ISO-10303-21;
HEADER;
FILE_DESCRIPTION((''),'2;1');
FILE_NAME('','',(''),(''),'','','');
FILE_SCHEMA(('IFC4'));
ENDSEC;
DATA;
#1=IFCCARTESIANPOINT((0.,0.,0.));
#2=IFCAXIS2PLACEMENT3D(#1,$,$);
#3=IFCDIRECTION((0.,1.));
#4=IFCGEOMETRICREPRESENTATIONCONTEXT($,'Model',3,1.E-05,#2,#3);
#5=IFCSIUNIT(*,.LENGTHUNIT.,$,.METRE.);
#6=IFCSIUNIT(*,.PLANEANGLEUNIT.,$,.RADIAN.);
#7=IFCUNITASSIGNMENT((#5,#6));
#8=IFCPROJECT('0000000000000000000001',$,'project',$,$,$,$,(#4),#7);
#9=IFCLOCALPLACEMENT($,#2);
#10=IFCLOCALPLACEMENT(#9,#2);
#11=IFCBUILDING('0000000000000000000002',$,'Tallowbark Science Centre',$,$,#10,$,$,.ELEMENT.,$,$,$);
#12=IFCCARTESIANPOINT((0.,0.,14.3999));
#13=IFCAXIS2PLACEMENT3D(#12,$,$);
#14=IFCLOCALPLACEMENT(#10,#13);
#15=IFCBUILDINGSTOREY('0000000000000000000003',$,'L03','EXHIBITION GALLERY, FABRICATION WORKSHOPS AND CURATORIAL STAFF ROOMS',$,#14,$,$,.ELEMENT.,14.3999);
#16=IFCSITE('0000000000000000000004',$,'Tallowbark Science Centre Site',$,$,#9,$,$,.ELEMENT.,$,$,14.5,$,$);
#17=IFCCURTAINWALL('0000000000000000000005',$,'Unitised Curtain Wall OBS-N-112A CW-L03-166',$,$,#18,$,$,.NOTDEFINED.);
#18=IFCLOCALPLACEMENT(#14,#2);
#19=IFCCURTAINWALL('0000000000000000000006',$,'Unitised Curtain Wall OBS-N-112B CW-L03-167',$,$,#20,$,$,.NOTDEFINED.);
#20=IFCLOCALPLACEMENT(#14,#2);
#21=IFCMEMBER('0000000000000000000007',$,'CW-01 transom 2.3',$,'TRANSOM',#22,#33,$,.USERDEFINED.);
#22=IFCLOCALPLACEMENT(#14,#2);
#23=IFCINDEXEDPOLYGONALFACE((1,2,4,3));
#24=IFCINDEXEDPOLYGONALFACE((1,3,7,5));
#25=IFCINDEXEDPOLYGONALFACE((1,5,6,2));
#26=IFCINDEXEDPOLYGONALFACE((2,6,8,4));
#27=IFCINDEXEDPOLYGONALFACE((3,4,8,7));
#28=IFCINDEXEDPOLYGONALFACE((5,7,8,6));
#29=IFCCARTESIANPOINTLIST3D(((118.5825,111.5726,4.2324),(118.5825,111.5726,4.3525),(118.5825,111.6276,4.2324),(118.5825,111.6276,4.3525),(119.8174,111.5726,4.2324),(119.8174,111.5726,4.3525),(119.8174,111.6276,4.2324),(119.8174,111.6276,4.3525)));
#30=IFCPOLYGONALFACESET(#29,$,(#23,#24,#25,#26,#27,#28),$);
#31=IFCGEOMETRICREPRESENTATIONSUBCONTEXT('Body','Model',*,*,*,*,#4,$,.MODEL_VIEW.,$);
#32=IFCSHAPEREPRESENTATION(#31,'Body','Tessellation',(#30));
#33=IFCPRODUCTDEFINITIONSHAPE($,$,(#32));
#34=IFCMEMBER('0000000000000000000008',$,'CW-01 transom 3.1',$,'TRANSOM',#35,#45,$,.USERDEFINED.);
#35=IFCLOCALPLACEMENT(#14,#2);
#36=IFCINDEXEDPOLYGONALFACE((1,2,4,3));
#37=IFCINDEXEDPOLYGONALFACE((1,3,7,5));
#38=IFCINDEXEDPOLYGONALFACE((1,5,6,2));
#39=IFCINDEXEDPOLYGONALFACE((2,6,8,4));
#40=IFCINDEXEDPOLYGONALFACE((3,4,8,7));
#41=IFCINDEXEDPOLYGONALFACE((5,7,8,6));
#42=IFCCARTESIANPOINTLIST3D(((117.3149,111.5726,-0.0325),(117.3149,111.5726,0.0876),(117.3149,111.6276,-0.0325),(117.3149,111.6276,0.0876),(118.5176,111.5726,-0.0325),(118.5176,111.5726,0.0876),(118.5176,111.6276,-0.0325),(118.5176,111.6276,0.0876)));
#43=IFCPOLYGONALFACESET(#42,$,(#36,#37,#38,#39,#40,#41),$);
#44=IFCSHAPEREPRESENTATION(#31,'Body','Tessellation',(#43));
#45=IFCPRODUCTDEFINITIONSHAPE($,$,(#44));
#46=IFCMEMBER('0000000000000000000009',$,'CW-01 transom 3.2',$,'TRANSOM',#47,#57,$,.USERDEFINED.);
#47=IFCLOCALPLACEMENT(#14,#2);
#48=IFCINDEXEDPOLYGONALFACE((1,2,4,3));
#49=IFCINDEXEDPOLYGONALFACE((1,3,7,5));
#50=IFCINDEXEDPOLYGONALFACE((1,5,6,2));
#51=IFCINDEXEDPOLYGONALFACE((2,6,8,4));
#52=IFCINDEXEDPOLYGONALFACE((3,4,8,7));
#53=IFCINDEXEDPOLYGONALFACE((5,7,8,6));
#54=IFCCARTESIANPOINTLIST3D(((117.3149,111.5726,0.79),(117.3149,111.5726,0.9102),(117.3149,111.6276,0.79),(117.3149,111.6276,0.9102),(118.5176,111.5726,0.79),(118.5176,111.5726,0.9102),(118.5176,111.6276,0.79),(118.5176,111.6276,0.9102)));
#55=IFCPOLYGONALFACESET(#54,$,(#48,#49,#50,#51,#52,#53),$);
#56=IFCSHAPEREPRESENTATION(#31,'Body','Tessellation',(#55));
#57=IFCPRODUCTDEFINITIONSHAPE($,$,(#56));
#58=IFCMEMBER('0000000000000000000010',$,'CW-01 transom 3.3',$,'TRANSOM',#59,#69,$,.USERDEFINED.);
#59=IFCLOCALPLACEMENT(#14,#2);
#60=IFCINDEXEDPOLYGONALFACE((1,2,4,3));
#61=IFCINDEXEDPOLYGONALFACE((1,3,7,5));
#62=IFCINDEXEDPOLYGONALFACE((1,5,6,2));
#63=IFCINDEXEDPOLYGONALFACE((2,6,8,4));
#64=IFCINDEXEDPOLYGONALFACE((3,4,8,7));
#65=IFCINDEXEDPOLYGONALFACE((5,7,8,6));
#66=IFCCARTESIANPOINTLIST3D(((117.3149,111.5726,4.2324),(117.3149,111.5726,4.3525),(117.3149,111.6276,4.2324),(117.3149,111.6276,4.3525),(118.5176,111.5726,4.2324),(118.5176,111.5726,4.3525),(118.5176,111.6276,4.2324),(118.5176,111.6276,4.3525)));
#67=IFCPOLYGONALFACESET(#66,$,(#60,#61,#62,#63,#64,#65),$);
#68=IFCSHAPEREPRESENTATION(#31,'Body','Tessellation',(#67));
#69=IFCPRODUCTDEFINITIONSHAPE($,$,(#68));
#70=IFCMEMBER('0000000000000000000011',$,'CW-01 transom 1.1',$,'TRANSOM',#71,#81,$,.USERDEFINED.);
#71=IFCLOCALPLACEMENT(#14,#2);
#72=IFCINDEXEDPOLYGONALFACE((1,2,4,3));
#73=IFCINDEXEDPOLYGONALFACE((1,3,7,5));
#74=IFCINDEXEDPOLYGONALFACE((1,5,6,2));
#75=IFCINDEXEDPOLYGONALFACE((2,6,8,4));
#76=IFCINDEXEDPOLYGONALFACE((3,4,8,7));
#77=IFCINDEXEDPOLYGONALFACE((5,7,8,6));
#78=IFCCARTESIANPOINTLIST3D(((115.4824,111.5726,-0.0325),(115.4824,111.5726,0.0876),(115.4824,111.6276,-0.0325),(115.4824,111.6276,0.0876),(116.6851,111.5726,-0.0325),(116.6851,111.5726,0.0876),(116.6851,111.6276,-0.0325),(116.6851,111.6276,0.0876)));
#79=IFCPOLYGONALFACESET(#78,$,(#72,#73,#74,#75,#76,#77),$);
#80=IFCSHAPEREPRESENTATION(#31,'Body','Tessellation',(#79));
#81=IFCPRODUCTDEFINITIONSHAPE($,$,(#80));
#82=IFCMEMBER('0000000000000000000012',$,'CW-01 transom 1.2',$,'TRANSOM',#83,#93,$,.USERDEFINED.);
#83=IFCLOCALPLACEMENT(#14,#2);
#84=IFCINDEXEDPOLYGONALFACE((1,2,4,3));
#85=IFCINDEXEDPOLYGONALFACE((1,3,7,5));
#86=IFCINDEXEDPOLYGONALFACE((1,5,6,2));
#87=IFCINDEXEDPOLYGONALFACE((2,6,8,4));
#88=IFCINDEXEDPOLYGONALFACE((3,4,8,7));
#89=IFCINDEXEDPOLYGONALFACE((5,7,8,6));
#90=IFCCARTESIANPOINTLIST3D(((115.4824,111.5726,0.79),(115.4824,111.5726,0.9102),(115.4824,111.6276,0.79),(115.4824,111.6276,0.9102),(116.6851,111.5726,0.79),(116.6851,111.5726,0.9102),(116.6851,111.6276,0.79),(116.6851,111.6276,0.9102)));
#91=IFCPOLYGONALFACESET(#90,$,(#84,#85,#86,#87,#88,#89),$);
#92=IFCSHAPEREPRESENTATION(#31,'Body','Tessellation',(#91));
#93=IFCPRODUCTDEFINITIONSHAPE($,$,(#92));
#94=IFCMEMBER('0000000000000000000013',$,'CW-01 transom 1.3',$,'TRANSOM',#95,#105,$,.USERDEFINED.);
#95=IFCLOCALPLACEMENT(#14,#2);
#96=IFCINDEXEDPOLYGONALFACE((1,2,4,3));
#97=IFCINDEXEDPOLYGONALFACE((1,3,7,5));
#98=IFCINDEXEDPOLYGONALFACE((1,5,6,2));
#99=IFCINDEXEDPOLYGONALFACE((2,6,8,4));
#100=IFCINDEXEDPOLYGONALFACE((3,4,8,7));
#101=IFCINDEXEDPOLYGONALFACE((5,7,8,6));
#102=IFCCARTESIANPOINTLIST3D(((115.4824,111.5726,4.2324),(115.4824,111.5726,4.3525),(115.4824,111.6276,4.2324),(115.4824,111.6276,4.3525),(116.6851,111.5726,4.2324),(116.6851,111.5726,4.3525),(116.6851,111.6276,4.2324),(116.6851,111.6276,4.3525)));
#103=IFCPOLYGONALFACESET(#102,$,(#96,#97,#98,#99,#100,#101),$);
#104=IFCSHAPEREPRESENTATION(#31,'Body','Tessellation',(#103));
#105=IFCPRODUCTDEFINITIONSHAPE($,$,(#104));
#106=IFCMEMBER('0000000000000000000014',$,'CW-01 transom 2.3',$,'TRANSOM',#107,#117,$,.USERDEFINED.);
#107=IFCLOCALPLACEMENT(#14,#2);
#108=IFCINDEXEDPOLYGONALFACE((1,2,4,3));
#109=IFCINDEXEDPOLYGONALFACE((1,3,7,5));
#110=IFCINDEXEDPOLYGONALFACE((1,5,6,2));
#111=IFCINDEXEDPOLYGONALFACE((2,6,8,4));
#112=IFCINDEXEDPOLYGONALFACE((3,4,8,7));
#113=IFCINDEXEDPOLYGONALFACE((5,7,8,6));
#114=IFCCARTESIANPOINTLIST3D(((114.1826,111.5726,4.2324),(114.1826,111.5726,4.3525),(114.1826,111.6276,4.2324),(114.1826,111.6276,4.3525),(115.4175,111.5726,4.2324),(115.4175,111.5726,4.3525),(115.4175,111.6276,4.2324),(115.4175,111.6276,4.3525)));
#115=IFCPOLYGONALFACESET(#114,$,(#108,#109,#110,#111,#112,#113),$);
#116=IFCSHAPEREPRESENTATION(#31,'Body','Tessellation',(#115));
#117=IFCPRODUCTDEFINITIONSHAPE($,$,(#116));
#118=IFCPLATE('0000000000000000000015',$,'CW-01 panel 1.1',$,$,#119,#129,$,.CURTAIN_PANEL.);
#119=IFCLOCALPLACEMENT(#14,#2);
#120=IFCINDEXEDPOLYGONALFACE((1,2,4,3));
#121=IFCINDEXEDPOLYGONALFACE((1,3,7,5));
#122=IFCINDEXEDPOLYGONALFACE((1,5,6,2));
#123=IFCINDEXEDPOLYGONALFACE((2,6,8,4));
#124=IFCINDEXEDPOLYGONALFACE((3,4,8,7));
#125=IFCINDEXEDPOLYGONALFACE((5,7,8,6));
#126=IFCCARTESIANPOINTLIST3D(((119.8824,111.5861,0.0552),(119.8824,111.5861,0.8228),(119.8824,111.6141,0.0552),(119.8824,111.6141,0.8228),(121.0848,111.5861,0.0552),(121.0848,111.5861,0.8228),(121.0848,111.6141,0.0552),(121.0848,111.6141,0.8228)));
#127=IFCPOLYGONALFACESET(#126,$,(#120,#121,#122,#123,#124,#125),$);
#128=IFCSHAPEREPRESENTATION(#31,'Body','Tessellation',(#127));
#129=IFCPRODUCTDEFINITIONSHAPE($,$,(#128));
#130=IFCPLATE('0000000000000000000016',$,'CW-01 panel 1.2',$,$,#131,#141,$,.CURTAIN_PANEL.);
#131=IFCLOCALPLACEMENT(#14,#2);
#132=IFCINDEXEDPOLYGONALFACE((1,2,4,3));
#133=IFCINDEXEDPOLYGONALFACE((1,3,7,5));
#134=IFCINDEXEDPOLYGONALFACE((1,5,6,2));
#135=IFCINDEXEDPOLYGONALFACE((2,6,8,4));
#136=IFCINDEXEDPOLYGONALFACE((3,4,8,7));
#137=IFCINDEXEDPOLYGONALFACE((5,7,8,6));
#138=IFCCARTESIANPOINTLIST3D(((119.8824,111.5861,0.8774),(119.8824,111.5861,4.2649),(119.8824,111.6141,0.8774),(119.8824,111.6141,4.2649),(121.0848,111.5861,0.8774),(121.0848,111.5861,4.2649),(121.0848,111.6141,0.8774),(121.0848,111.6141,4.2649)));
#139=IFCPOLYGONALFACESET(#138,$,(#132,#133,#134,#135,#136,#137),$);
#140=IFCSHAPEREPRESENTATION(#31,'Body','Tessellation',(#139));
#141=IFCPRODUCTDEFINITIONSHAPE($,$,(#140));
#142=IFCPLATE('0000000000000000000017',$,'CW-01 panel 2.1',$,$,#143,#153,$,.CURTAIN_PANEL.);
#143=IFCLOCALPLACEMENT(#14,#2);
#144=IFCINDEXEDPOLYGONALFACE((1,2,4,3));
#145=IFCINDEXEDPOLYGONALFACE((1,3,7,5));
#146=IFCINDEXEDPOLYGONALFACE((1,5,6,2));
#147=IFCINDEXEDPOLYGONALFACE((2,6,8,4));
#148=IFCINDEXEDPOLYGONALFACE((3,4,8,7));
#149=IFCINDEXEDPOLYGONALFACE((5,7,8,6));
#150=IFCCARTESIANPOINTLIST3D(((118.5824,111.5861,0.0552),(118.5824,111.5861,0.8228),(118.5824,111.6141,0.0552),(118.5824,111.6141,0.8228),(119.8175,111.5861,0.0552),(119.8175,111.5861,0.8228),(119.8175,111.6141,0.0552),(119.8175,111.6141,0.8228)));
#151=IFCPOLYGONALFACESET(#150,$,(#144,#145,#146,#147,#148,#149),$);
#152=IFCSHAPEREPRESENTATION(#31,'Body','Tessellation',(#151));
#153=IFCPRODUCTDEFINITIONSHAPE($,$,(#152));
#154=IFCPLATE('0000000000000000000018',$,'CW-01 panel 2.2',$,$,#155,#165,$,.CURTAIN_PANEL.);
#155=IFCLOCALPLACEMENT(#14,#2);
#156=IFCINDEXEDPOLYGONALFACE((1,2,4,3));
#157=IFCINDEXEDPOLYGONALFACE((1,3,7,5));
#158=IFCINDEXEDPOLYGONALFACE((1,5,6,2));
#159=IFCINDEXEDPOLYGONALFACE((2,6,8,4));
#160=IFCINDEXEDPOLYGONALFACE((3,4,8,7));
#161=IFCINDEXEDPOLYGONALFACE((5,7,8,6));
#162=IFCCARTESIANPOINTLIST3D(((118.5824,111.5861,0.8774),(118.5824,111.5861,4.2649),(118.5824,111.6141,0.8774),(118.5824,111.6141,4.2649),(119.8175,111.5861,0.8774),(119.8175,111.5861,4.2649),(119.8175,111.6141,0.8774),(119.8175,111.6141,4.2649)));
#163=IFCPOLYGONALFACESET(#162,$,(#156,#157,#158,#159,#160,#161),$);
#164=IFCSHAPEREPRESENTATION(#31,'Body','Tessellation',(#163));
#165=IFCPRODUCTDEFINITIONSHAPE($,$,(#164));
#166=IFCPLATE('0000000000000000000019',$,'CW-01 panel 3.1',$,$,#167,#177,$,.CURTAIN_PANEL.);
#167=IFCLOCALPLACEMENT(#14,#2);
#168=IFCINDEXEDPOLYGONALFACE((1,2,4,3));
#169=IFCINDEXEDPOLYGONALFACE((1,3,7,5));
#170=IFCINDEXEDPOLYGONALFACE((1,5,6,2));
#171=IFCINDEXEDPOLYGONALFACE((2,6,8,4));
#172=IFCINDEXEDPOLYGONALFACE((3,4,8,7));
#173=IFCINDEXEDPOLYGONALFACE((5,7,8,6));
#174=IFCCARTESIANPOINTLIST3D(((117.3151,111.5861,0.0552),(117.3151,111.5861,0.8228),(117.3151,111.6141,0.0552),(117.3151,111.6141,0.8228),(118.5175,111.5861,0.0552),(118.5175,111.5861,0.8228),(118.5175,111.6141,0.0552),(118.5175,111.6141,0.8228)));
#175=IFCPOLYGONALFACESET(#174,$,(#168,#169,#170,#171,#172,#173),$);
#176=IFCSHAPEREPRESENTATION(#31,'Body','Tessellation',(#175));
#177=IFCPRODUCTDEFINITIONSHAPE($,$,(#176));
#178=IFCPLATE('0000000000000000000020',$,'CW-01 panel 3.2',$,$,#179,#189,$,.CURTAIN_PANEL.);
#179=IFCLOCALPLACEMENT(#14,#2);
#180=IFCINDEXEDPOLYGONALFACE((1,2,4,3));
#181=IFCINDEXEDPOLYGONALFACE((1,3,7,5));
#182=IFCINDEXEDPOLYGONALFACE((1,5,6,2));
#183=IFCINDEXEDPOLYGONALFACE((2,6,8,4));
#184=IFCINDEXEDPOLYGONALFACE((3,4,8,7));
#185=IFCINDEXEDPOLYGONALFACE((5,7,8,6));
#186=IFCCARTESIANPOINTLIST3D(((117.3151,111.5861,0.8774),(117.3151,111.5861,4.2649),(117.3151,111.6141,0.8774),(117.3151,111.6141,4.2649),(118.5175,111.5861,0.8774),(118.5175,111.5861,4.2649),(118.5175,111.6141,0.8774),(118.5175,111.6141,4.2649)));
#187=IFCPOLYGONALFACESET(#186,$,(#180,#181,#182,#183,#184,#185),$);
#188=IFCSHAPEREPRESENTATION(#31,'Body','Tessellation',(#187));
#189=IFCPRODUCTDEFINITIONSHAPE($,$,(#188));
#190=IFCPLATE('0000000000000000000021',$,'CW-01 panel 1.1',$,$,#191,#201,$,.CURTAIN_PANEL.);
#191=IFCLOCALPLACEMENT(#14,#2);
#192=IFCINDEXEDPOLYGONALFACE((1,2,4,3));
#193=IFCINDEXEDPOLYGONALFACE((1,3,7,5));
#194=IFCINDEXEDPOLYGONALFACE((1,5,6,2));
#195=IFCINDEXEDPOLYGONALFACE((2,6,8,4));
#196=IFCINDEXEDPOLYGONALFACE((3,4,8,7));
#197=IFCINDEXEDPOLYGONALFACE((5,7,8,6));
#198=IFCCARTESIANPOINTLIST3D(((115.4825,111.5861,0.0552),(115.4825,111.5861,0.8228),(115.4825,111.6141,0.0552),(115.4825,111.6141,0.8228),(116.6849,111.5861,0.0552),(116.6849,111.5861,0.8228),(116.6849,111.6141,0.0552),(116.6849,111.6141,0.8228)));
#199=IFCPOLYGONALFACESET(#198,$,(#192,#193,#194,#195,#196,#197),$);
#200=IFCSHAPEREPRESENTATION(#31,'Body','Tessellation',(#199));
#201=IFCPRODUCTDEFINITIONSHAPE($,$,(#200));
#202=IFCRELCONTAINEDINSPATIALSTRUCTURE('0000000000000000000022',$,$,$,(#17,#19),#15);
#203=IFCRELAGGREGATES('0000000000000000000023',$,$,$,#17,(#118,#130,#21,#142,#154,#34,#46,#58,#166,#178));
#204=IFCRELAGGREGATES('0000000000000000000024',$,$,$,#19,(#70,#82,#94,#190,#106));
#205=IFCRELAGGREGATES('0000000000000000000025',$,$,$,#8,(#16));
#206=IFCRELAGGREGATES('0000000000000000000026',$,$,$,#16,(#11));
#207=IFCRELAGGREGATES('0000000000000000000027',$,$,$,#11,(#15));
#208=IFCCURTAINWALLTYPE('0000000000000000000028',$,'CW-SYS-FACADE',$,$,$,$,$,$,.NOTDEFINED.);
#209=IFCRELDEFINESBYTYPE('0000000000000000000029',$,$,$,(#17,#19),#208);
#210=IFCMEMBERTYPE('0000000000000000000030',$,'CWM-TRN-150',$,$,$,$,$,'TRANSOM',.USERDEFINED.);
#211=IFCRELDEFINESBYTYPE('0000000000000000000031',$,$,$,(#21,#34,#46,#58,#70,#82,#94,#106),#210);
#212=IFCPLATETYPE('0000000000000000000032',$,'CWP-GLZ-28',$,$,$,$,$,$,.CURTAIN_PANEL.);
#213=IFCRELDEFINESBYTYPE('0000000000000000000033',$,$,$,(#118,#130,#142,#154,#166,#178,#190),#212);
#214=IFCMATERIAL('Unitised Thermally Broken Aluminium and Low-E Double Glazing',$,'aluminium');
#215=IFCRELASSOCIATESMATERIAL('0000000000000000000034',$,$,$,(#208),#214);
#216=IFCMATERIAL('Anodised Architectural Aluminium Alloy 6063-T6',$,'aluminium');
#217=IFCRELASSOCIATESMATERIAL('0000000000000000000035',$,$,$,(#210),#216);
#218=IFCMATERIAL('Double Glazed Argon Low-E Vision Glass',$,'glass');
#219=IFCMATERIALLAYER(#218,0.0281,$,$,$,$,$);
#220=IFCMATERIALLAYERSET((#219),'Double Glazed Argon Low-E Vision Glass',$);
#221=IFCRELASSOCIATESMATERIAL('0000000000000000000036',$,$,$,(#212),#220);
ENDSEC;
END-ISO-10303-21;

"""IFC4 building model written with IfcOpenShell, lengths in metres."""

from ifc_helpers import new_model, si_unit, direction, frame, origin, origin_2d, place, context, subcontext, project, spatial, rectangle, extrude, material, layer, layer_set, material_profile, profile_set, type_object, element, aggregate, save


model = new_model("IFC4")

# Units and contexts
model_context = context("Model", 3, precision=1e-05, world=origin(), true_north=direction((0.0, 1.0)))
body_context = subcontext(model_context, "Body", "Model", "MODEL_VIEW")
ifc_project = project(units=[si_unit("LENGTHUNIT", "METRE"), si_unit("PLANEANGLEUNIT", "RADIAN")], contexts=[model_context])

# Site, building, storey
site_placement = place(None, origin())
site = spatial("IfcSite", under=ifc_project, at=site_placement, Name="Tallowbark Science Centre Site", CompositionType="ELEMENT", RefElevation=14.5)
building_placement = place(site_placement, origin())
building = spatial("IfcBuilding", under=site, at=building_placement, Name="Tallowbark Science Centre", CompositionType="ELEMENT")
storey_placement = place(building_placement, frame((0.0, 0.0, 14.3999)))
storey = spatial("IfcBuildingStorey", under=building, at=storey_placement, Name="L03", Description="EXHIBITION GALLERY, FABRICATION WORKSHOPS AND CURATORIAL STAFF ROOMS", CompositionType="ELEMENT", Elevation=14.3999)

# Curtain walls
ifc_material_1 = material(Name="Unitised Thermally Broken Aluminium and Low-E Double Glazing", Category="aluminium")
curtain_wall_type = type_object("IfcCurtainWallType", Name="CW-SYS-FACADE", PredefinedType="NOTDEFINED", material=ifc_material_1)
curtain_wall_1_placement = place(storey_placement, origin())
curtain_wall_1 = element("IfcCurtainWall", 1, at=curtain_wall_1_placement, inside=storey, type_object=curtain_wall_type, Name="Unitised Curtain Wall OBS-N-112A CW-L03-166", PredefinedType="NOTDEFINED")
ifc_material_2 = material(Name="Anodised Architectural Aluminium Alloy 6063-T6", Category="aluminium")
curtain_wall_2_placement = place(storey_placement, origin())
curtain_wall_2 = element("IfcCurtainWall", 2, at=curtain_wall_2_placement, inside=storey, type_object=curtain_wall_type, Name="Unitised Curtain Wall OBS-N-112B CW-L03-167", PredefinedType="NOTDEFINED")

# Members
ifc_material_profile_1 = material_profile(ifc_material_2, rectangle(XDim=0.0549, YDim=0.1201, at=origin_2d()), Name="ALU55x120")
ifc_profile_set_1 = profile_set([ifc_material_profile_1], Name="Anodised Architectural Aluminium Alloy 6063-T6")
member_type_1 = type_object("IfcMemberType", Name="CWM-TRN-150", ElementType="TRANSOM", PredefinedType="USERDEFINED", material=ifc_profile_set_1)
member_1_placement = place(storey_placement, frame((119.8174, 111.6001, 4.2925), z_axis=(-1.0, 0.0, 0.0), x_axis=(0.0, -1.0, 0.0)))
member_1 = element("IfcMember", 3, at=member_1_placement, type_object=member_type_1, Name="CW-01 transom 2.3", ObjectType="TRANSOM", PredefinedType="USERDEFINED", context=body_context, shape_type="SweptSolid", body=[
    extrude(rectangle(XDim=0.0549, YDim=0.1201, at=origin_2d()), origin(), (0.0, 0.0, 1.0), 1.2349),
])
member_2_placement = place(storey_placement, frame((118.5176, 111.6001, 0.0276), z_axis=(-1.0, 0.0, 0.0), x_axis=(0.0, -1.0, 0.0)))
member_2 = element("IfcMember", 4, at=member_2_placement, type_object=member_type_1, Name="CW-01 transom 3.1", ObjectType="TRANSOM", PredefinedType="USERDEFINED", context=body_context, shape_type="SweptSolid", body=[
    extrude(rectangle(XDim=0.0549, YDim=0.1201, at=origin_2d()), origin(), (0.0, 0.0, 1.0), 1.2026),
])
member_3_placement = place(storey_placement, frame((118.5176, 111.6001, 0.8501), z_axis=(-1.0, 0.0, 0.0), x_axis=(0.0, -1.0, 0.0)))
member_3 = element("IfcMember", 5, at=member_3_placement, type_object=member_type_1, Name="CW-01 transom 3.2", ObjectType="TRANSOM", PredefinedType="USERDEFINED", context=body_context, shape_type="SweptSolid", body=[
    extrude(rectangle(XDim=0.0549, YDim=0.1201, at=origin_2d()), origin(), (0.0, 0.0, 1.0), 1.2026),
])
member_4_placement = place(storey_placement, frame((118.5176, 111.6001, 4.2925), z_axis=(-1.0, 0.0, 0.0), x_axis=(0.0, -1.0, 0.0)))
member_4 = element("IfcMember", 6, at=member_4_placement, type_object=member_type_1, Name="CW-01 transom 3.3", ObjectType="TRANSOM", PredefinedType="USERDEFINED", context=body_context, shape_type="SweptSolid", body=[
    extrude(rectangle(XDim=0.0549, YDim=0.1201, at=origin_2d()), origin(), (0.0, 0.0, 1.0), 1.2026),
])
member_5_placement = place(storey_placement, frame((116.6851, 111.6001, 0.0276), z_axis=(-1.0, 0.0, 0.0), x_axis=(0.0, -1.0, 0.0)))
member_5 = element("IfcMember", 7, at=member_5_placement, type_object=member_type_1, Name="CW-01 transom 1.1", ObjectType="TRANSOM", PredefinedType="USERDEFINED", context=body_context, shape_type="SweptSolid", body=[
    extrude(rectangle(XDim=0.0549, YDim=0.1201, at=origin_2d()), origin(), (0.0, 0.0, 1.0), 1.2026),
])
member_6_placement = place(storey_placement, frame((116.6851, 111.6001, 0.8501), z_axis=(-1.0, 0.0, 0.0), x_axis=(0.0, -1.0, 0.0)))
member_6 = element("IfcMember", 8, at=member_6_placement, type_object=member_type_1, Name="CW-01 transom 1.2", ObjectType="TRANSOM", PredefinedType="USERDEFINED", context=body_context, shape_type="SweptSolid", body=[
    extrude(rectangle(XDim=0.0549, YDim=0.1201, at=origin_2d()), origin(), (0.0, 0.0, 1.0), 1.2026),
])
member_7_placement = place(storey_placement, frame((116.6851, 111.6001, 4.2925), z_axis=(-1.0, 0.0, 0.0), x_axis=(0.0, -1.0, 0.0)))
member_7 = element("IfcMember", 9, at=member_7_placement, type_object=member_type_1, Name="CW-01 transom 1.3", ObjectType="TRANSOM", PredefinedType="USERDEFINED", context=body_context, shape_type="SweptSolid", body=[
    extrude(rectangle(XDim=0.0549, YDim=0.1201, at=origin_2d()), origin(), (0.0, 0.0, 1.0), 1.2026),
])
member_8_placement = place(storey_placement, frame((115.4175, 111.6001, 4.2925), z_axis=(-1.0, 0.0, 0.0), x_axis=(0.0, -1.0, 0.0)))
member_8 = element("IfcMember", 10, at=member_8_placement, type_object=member_type_1, Name="CW-01 transom 2.3", ObjectType="TRANSOM", PredefinedType="USERDEFINED", context=body_context, shape_type="SweptSolid", body=[
    extrude(rectangle(XDim=0.0549, YDim=0.1201, at=origin_2d()), origin(), (0.0, 0.0, 1.0), 1.2349),
])

# Plates
ifc_material_3 = material(Name="Double Glazed Argon Low-E Vision Glass", Category="glass")
ifc_layer_1 = layer(ifc_material_3, 0.0281)
ifc_layer_set_1 = layer_set([ifc_layer_1], Name="Double Glazed Argon Low-E Vision Glass")
plate_type = type_object("IfcPlateType", Name="CWP-GLZ-28", PredefinedType="CURTAIN_PANEL", material=ifc_layer_set_1)
plate_1_placement = place(storey_placement, frame((120.4836, 111.6001, 0.0552), z_axis=(0.0, 0.0, 1.0), x_axis=(-1.0, 0.0, 0.0)))
plate_1 = element("IfcPlate", 11, at=plate_1_placement, type_object=plate_type, Name="CW-01 panel 1.1", PredefinedType="CURTAIN_PANEL", context=body_context, shape_type="SweptSolid", body=[
    extrude(rectangle(XDim=1.2024, YDim=0.0281, at=origin_2d()), origin(), (0.0, 0.0, 1.0), 0.7676),
])
plate_2_placement = place(storey_placement, frame((120.4836, 111.6001, 0.8774), z_axis=(0.0, 0.0, 1.0), x_axis=(-1.0, 0.0, 0.0)))
plate_2 = element("IfcPlate", 12, at=plate_2_placement, type_object=plate_type, Name="CW-01 panel 1.2", PredefinedType="CURTAIN_PANEL", context=body_context, shape_type="SweptSolid", body=[
    extrude(rectangle(XDim=1.2024, YDim=0.0281, at=origin_2d()), origin(), (0.0, 0.0, 1.0), 3.3875),
])
plate_3_placement = place(storey_placement, frame((119.2, 111.6001, 0.0552), z_axis=(0.0, 0.0, 1.0), x_axis=(-1.0, 0.0, 0.0)))
plate_3 = element("IfcPlate", 13, at=plate_3_placement, type_object=plate_type, Name="CW-01 panel 2.1", PredefinedType="CURTAIN_PANEL", context=body_context, shape_type="SweptSolid", body=[
    extrude(rectangle(XDim=1.2351, YDim=0.0281, at=origin_2d()), origin(), (0.0, 0.0, 1.0), 0.7676),
])
plate_4_placement = place(storey_placement, frame((119.2, 111.6001, 0.8774), z_axis=(0.0, 0.0, 1.0), x_axis=(-1.0, 0.0, 0.0)))
plate_4 = element("IfcPlate", 14, at=plate_4_placement, type_object=plate_type, Name="CW-01 panel 2.2", PredefinedType="CURTAIN_PANEL", context=body_context, shape_type="SweptSolid", body=[
    extrude(rectangle(XDim=1.2351, YDim=0.0281, at=origin_2d()), origin(), (0.0, 0.0, 1.0), 3.3875),
])
plate_5_placement = place(storey_placement, frame((117.9163, 111.6001, 0.0552), z_axis=(0.0, 0.0, 1.0), x_axis=(-1.0, 0.0, 0.0)))
plate_5 = element("IfcPlate", 15, at=plate_5_placement, type_object=plate_type, Name="CW-01 panel 3.1", PredefinedType="CURTAIN_PANEL", context=body_context, shape_type="SweptSolid", body=[
    extrude(rectangle(XDim=1.2024, YDim=0.0281, at=origin_2d()), origin(), (0.0, 0.0, 1.0), 0.7676),
])
plate_6_placement = place(storey_placement, frame((117.9163, 111.6001, 0.8774), z_axis=(0.0, 0.0, 1.0), x_axis=(-1.0, 0.0, 0.0)))
plate_6 = element("IfcPlate", 16, at=plate_6_placement, type_object=plate_type, Name="CW-01 panel 3.2", PredefinedType="CURTAIN_PANEL", context=body_context, shape_type="SweptSolid", body=[
    extrude(rectangle(XDim=1.2024, YDim=0.0281, at=origin_2d()), origin(), (0.0, 0.0, 1.0), 3.3875),
])
aggregate(curtain_wall_1, [plate_1, plate_2, member_1, plate_3, plate_4, member_2, member_3, member_4, plate_5, plate_6])
plate_7_placement = place(storey_placement, frame((116.0837, 111.6001, 0.0552), z_axis=(0.0, 0.0, 1.0), x_axis=(-1.0, 0.0, 0.0)))
plate_7 = element("IfcPlate", 17, at=plate_7_placement, type_object=plate_type, Name="CW-01 panel 1.1", PredefinedType="CURTAIN_PANEL", context=body_context, shape_type="SweptSolid", body=[
    extrude(rectangle(XDim=1.2024, YDim=0.0281, at=origin_2d()), origin(), (0.0, 0.0, 1.0), 0.7676),
])
aggregate(curtain_wall_2, [member_5, member_6, member_7, plate_7, member_8])

save(model, "model.ifc")
